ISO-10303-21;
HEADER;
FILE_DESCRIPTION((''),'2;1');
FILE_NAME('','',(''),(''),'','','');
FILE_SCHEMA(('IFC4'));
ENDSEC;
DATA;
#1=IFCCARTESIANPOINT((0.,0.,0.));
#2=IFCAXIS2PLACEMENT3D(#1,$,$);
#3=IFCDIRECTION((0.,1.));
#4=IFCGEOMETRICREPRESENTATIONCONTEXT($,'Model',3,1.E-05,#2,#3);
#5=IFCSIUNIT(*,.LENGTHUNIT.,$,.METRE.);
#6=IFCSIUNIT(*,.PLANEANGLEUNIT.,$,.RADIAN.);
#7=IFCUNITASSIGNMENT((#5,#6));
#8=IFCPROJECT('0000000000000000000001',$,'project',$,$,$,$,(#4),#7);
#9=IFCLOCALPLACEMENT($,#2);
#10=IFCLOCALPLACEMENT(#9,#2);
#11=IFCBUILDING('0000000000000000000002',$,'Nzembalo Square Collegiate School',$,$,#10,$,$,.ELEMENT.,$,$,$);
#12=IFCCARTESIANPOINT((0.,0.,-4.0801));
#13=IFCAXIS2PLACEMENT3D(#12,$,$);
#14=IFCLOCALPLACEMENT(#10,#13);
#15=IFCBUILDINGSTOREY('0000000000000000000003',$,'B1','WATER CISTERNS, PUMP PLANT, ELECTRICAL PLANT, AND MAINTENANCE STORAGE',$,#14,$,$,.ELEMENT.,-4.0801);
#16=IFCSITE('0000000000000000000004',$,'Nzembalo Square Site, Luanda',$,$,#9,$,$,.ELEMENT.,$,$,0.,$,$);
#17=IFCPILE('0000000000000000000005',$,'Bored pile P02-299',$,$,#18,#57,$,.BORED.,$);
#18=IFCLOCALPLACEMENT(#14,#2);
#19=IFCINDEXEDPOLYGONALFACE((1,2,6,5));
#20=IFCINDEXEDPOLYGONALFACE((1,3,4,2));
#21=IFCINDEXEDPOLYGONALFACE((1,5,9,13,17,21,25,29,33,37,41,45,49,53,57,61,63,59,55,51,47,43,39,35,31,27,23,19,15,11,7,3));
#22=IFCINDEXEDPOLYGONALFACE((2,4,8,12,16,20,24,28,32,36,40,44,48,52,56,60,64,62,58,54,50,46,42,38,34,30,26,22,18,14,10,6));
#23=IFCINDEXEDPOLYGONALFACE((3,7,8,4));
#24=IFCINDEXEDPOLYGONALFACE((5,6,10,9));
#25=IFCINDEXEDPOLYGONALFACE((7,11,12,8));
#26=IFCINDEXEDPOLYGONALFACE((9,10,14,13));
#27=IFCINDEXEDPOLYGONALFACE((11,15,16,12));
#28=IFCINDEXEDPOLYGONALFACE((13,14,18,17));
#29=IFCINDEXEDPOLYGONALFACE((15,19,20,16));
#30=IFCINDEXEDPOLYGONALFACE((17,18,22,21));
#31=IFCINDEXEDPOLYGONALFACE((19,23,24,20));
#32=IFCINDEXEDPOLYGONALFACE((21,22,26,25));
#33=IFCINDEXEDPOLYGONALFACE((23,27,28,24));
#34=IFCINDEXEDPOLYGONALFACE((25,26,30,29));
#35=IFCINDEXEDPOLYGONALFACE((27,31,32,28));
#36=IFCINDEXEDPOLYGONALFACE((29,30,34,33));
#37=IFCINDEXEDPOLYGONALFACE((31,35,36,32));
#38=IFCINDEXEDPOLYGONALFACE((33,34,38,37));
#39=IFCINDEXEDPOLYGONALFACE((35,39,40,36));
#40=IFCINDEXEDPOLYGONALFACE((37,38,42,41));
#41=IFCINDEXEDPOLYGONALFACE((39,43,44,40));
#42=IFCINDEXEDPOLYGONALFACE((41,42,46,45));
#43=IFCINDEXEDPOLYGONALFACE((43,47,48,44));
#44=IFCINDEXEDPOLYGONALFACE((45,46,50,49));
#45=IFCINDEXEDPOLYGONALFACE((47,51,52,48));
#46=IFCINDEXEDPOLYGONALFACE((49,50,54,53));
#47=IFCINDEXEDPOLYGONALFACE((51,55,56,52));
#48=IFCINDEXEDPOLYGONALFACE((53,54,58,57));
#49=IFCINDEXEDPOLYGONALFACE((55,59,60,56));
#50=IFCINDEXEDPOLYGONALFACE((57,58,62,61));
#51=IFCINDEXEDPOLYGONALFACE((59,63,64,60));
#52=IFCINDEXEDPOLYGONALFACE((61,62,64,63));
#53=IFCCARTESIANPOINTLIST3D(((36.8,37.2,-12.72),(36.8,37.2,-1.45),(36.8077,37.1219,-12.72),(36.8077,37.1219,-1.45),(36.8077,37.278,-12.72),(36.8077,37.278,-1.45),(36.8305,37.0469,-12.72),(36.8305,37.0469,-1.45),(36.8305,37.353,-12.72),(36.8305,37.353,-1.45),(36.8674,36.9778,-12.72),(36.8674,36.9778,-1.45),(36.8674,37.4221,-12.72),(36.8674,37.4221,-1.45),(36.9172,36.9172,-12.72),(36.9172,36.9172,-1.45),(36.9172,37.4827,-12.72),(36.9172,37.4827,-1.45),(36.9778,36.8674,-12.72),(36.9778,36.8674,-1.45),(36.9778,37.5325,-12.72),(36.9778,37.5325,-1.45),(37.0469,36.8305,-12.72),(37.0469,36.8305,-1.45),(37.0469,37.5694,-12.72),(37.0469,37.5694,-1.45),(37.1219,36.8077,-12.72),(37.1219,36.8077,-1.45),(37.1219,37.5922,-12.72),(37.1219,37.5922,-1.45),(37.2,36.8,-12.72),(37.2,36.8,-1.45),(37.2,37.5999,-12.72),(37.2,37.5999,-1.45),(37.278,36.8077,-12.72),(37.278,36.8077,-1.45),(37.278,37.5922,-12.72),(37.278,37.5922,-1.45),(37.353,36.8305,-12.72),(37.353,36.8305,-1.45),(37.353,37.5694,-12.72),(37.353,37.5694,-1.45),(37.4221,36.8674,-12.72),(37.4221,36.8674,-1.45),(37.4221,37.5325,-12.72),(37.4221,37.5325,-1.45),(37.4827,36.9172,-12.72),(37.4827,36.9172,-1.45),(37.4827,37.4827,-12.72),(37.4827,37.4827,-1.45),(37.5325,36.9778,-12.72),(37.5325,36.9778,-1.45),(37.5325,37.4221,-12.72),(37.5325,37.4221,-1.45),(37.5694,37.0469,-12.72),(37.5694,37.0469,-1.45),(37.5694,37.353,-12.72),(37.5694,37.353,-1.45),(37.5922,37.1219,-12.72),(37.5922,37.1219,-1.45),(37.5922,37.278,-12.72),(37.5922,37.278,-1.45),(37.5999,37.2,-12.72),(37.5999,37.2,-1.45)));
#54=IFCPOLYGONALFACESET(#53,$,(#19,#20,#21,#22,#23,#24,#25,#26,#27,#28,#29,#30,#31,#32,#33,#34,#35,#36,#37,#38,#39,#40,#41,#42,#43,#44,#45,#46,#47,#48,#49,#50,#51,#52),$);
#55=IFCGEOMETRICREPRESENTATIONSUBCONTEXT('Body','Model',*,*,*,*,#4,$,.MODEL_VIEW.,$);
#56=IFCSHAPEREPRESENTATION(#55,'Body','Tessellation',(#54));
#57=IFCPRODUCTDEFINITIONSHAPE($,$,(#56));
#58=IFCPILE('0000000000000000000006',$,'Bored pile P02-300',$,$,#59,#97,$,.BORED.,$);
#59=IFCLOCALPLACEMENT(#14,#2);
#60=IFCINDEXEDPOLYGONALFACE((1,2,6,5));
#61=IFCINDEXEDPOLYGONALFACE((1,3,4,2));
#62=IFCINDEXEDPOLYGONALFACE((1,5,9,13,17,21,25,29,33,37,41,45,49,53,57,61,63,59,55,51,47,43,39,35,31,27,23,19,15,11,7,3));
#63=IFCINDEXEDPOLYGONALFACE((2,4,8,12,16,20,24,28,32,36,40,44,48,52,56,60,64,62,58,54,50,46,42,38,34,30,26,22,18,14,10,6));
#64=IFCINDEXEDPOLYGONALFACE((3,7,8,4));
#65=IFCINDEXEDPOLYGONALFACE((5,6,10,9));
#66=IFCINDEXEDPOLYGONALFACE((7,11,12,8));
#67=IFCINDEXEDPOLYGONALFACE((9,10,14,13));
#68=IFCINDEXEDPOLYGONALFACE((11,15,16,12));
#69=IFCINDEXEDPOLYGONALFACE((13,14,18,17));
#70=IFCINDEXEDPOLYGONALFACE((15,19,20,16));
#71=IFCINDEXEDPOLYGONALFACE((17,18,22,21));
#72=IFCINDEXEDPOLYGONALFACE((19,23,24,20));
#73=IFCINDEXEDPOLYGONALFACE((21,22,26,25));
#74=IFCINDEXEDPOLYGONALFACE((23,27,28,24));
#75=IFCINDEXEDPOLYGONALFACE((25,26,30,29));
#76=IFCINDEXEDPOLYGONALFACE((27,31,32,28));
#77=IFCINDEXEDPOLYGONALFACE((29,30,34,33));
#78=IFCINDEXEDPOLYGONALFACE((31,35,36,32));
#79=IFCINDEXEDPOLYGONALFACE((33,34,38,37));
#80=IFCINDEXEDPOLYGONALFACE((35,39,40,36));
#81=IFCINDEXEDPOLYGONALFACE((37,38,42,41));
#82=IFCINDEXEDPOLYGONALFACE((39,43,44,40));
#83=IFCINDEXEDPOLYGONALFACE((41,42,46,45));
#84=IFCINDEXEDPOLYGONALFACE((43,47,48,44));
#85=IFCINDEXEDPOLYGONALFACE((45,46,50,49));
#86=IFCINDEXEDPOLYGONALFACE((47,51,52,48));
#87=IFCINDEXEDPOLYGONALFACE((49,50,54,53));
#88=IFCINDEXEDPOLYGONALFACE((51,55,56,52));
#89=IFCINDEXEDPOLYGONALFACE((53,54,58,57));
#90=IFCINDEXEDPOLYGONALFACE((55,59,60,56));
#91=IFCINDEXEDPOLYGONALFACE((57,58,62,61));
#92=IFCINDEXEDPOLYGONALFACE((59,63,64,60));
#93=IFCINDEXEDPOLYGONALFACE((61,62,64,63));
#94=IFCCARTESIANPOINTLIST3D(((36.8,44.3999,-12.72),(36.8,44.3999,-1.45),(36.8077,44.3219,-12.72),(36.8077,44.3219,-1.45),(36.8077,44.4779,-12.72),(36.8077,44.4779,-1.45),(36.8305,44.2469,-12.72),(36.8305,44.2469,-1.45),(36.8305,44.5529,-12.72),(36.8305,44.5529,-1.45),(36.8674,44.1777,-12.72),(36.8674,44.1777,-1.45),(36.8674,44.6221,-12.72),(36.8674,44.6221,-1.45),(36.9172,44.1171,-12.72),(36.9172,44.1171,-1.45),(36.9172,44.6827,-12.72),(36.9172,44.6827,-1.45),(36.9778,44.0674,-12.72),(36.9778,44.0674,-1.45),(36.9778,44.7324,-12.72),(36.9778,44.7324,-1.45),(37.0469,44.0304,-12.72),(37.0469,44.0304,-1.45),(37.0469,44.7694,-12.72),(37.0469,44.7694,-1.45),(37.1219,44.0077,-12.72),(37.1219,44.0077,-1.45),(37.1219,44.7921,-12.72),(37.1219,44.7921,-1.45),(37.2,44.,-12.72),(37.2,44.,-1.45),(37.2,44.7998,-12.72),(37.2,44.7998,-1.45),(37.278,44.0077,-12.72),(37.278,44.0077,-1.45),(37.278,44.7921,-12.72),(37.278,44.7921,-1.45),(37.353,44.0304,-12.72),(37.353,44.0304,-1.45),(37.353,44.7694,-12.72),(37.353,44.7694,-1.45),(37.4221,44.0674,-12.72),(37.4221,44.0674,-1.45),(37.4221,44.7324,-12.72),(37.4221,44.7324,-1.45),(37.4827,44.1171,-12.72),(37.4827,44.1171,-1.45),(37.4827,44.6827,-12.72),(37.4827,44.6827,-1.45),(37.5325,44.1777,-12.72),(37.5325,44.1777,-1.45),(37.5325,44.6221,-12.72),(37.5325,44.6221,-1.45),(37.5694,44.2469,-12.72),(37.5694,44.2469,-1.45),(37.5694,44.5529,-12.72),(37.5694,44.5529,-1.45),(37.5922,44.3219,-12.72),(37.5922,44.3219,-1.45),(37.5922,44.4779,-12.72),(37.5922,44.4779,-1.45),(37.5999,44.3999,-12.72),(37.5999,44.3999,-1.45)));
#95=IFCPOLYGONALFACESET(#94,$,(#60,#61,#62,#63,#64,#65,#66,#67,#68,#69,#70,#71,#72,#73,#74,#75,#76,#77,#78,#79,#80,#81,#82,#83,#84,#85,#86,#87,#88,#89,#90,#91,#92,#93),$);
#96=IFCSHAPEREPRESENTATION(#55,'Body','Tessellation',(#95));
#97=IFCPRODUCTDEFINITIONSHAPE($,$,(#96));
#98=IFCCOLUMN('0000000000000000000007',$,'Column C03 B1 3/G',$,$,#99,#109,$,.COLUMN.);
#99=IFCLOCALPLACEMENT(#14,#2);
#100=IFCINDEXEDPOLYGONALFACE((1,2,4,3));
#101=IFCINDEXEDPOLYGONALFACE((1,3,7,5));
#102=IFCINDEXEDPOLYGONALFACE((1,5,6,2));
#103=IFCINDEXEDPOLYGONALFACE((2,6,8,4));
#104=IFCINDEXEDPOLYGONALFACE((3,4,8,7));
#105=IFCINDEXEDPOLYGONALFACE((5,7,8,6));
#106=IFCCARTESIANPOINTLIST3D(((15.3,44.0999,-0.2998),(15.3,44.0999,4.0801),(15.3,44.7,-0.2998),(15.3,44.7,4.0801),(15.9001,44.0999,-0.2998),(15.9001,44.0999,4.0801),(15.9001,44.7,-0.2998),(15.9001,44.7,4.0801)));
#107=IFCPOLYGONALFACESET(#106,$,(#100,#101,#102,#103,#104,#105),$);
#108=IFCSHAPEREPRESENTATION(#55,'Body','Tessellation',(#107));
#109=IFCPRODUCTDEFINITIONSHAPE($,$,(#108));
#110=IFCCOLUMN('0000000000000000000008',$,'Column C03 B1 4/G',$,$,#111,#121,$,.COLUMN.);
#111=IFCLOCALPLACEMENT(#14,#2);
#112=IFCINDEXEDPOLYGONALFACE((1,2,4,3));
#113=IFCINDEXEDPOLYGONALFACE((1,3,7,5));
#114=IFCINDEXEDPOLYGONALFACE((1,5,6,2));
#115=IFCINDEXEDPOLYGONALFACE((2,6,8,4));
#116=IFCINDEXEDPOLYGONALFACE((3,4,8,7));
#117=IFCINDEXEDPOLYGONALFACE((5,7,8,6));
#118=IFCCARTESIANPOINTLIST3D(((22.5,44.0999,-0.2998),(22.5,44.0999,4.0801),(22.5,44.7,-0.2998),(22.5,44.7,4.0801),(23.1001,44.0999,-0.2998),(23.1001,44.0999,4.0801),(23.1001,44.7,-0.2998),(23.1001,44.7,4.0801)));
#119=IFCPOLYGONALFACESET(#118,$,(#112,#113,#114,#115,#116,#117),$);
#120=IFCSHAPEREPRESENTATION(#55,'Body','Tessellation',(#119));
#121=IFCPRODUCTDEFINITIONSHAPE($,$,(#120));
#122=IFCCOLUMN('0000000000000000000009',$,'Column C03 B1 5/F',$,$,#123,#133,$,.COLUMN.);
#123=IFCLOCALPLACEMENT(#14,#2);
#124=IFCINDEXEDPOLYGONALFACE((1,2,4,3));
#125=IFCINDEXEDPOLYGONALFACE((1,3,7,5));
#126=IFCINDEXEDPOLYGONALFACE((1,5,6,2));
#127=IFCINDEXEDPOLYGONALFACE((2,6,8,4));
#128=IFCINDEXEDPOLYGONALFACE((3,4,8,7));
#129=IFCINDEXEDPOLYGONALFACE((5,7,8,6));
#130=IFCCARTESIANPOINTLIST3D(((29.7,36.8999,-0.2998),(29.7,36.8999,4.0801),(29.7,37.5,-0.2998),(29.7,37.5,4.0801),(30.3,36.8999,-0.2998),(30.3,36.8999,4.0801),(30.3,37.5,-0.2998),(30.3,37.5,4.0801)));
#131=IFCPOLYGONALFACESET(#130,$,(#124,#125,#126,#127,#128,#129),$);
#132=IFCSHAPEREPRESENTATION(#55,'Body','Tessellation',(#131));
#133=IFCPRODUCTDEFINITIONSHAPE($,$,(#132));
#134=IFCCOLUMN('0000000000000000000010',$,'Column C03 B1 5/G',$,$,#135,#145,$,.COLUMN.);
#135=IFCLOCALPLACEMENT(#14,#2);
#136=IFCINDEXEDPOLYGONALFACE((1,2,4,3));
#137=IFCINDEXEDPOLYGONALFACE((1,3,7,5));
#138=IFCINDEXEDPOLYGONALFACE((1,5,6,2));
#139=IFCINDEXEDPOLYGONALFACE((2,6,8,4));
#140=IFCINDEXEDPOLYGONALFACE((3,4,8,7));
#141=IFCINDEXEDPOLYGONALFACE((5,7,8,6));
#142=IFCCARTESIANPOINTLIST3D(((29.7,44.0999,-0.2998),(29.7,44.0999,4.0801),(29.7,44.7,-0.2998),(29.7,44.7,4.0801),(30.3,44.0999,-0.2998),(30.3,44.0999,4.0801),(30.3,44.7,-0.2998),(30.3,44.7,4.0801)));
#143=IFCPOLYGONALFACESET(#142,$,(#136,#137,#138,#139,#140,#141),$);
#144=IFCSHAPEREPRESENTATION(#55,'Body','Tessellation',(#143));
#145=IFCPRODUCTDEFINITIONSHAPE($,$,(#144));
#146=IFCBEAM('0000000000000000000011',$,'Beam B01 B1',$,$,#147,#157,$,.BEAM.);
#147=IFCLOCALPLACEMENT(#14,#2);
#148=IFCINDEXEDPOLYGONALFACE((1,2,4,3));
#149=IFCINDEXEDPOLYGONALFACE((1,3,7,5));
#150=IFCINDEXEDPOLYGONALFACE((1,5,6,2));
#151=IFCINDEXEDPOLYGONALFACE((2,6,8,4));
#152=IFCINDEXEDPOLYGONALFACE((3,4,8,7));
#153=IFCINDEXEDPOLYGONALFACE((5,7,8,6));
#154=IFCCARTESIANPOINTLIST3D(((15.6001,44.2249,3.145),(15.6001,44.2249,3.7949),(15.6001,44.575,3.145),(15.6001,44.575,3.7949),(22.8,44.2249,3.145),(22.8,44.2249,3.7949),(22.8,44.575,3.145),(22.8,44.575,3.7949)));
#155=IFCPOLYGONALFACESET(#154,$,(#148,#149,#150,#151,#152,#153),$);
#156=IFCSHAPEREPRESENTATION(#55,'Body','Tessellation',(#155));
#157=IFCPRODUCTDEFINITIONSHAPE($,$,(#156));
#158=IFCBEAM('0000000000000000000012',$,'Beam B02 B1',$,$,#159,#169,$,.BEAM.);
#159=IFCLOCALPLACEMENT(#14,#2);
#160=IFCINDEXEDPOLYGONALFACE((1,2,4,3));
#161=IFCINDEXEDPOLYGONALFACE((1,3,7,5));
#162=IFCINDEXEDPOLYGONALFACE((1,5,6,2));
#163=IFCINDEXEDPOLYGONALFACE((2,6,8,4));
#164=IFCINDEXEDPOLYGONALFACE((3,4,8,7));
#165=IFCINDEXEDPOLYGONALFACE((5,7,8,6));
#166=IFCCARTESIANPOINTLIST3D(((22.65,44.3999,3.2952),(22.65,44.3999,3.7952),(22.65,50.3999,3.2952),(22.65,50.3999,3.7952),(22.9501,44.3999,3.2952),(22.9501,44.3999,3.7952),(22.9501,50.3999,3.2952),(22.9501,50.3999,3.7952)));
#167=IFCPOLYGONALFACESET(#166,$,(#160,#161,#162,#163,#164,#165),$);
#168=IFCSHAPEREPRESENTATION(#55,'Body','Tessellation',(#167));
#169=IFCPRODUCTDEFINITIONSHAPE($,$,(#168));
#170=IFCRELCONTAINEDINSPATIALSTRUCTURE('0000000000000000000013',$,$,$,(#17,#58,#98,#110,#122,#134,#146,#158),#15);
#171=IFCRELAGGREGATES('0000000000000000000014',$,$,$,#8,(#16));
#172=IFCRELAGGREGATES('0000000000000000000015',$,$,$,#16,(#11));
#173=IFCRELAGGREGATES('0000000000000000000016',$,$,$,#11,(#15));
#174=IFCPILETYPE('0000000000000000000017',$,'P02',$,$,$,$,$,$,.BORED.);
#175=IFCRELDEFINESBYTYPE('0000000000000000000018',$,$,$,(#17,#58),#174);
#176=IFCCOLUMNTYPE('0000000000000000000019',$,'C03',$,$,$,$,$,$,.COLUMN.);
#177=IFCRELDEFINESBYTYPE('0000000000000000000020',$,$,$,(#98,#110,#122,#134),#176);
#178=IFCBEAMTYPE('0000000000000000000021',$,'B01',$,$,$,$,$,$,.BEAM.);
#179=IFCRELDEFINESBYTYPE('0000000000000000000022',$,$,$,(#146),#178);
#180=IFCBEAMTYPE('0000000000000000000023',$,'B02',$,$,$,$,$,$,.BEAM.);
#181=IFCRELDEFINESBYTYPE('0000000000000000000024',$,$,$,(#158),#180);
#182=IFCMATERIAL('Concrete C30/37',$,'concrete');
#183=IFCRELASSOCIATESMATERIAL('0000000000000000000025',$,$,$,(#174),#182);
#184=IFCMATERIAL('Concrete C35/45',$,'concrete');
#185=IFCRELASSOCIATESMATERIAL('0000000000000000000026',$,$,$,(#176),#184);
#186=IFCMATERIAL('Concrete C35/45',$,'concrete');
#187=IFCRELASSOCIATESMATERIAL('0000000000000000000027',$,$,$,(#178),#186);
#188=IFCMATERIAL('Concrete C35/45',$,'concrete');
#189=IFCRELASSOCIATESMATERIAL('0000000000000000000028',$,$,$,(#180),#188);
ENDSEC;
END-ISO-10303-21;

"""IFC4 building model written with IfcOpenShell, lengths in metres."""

from ifc_helpers import new_model, si_unit, direction, frame, origin, origin_2d, place, context, subcontext, project, spatial, rectangle, circle, extrude, material, material_profile, profile_set, type_object, element, save


model = new_model("IFC4")

# Units and contexts
model_context = context("Model", 3, precision=1e-05, world=origin(), true_north=direction((0.0, 1.0)))
body_context = subcontext(model_context, "Body", "Model", "MODEL_VIEW")
ifc_project = project(units=[si_unit("LENGTHUNIT", "METRE"), si_unit("PLANEANGLEUNIT", "RADIAN")], contexts=[model_context])

# Site, building, storey
site_placement = place(None, origin())
site = spatial("IfcSite", under=ifc_project, at=site_placement, Name="Nzembalo Square Site, Luanda", CompositionType="ELEMENT", RefElevation=0.0)
building_placement = place(site_placement, origin())
building = spatial("IfcBuilding", under=site, at=building_placement, Name="Nzembalo Square Collegiate School", CompositionType="ELEMENT")
storey_placement = place(building_placement, frame((0.0, 0.0, -4.0801)))
storey = spatial("IfcBuildingStorey", under=building, at=storey_placement, Name="B1", Description="WATER CISTERNS, PUMP PLANT, ELECTRICAL PLANT, AND MAINTENANCE STORAGE", CompositionType="ELEMENT", Elevation=-4.0801)

# Piles
ifc_material_1 = material(Name="Concrete C30/37", Category="concrete")
ifc_material_profile_1 = material_profile(ifc_material_1, circle(Radius=0.3999, at=origin_2d()), Name="PILE D800")
ifc_profile_set_1 = profile_set([ifc_material_profile_1], Name="Concrete C30/37")
pile_type_1 = type_object("IfcPileType", Name="P02", PredefinedType="BORED", material=ifc_profile_set_1)
for number, where, z_axis, x_axis, name in (
    (1, (37.2, 37.2, -1.45), (0.0, 0.0, -1.0), (1.0, 0.0, 0.0), "Bored pile P02-299"),
    (2, (37.2, 44.3999, -1.45), (0.0, 0.0, -1.0), (1.0, 0.0, 0.0), "Bored pile P02-300"),
):
    element("IfcPile", number, at=place(storey_placement, frame(where, z_axis=z_axis, x_axis=x_axis)), inside=storey, type_object=pile_type_1, Name=name, PredefinedType="BORED", context=body_context, shape_type="SweptSolid", body=[
        extrude(circle(Radius=0.3999, at=origin_2d()), origin(), (0.0, 0.0, 1.0), 11.27),
    ])

# Columns
ifc_material_2 = material(Name="Concrete C35/45", Category="concrete")
ifc_material_profile_2 = material_profile(ifc_material_2, rectangle(XDim=0.6001, YDim=0.6001, at=origin_2d()), Name="RC 600x600")
ifc_profile_set_2 = profile_set([ifc_material_profile_2], Name="Concrete C35/45")
column_type = type_object("IfcColumnType", Name="C03", PredefinedType="COLUMN", material=ifc_profile_set_2)
for number, where, z_axis, x_axis, name in (
    (3, (15.6001, 44.3999, -0.2998), (0.0, 0.0, 1.0), (1.0, 0.0, 0.0), "Column C03 B1 3/G"),
    (4, (22.8, 44.3999, -0.2998), (0.0, 0.0, 1.0), (1.0, 0.0, 0.0), "Column C03 B1 4/G"),
    (5, (30.0, 37.2, -0.2998), (0.0, 0.0, 1.0), (1.0, 0.0, 0.0), "Column C03 B1 5/F"),
    (6, (30.0, 44.3999, -0.2998), (0.0, 0.0, 1.0), (1.0, 0.0, 0.0), "Column C03 B1 5/G"),
):
    element("IfcColumn", number, at=place(storey_placement, frame(where, z_axis=z_axis, x_axis=x_axis)), inside=storey, type_object=column_type, Name=name, PredefinedType="COLUMN", context=body_context, shape_type="SweptSolid", body=[
        extrude(rectangle(XDim=0.6001, YDim=0.6001, at=origin_2d()), origin(), (0.0, 0.0, 1.0), 4.3799),
    ])

# Beams
ifc_material_3 = material(Name="Concrete C35/45", Category="concrete")
ifc_material_profile_3 = material_profile(ifc_material_3, rectangle(XDim=0.3501, YDim=0.6499, at=origin_2d()), Name="RC 350x650")
ifc_profile_set_3 = profile_set([ifc_material_profile_3], Name="Concrete C35/45")
beam_type_1 = type_object("IfcBeamType", Name="B01", PredefinedType="BEAM", material=ifc_profile_set_3)
beam_1_placement = place(storey_placement, frame((15.6001, 44.3999, 3.47), z_axis=(1.0, 0.0, 0.0), x_axis=(0.0, 1.0, 0.0)))
element("IfcBeam", 7, at=beam_1_placement, inside=storey, type_object=beam_type_1, Name="Beam B01 B1", PredefinedType="BEAM", context=body_context, shape_type="SweptSolid", body=[
    extrude(rectangle(XDim=0.3501, YDim=0.6499, at=origin_2d()), origin(), (0.0, 0.0, 1.0), 7.2),
])
ifc_material_4 = material(Name="Concrete C35/45", Category="concrete")
ifc_material_profile_4 = material_profile(ifc_material_4, rectangle(XDim=0.3, YDim=0.5, at=origin_2d()), Name="RC 300x500")
ifc_profile_set_4 = profile_set([ifc_material_profile_4], Name="Concrete C35/45")
beam_type_2 = type_object("IfcBeamType", Name="B02", PredefinedType="BEAM", material=ifc_profile_set_4)
beam_2_placement = place(storey_placement, frame((22.8, 44.3999, 3.5452), z_axis=(0.0, 1.0, 0.0), x_axis=(-1.0, 0.0, 0.0)))
element("IfcBeam", 8, at=beam_2_placement, inside=storey, type_object=beam_type_2, Name="Beam B02 B1", PredefinedType="BEAM", context=body_context, shape_type="SweptSolid", body=[
    extrude(rectangle(XDim=0.3, YDim=0.5, at=origin_2d()), origin(), (0.0, 0.0, 1.0), 6.0),
])

save(model, "model.ifc")
